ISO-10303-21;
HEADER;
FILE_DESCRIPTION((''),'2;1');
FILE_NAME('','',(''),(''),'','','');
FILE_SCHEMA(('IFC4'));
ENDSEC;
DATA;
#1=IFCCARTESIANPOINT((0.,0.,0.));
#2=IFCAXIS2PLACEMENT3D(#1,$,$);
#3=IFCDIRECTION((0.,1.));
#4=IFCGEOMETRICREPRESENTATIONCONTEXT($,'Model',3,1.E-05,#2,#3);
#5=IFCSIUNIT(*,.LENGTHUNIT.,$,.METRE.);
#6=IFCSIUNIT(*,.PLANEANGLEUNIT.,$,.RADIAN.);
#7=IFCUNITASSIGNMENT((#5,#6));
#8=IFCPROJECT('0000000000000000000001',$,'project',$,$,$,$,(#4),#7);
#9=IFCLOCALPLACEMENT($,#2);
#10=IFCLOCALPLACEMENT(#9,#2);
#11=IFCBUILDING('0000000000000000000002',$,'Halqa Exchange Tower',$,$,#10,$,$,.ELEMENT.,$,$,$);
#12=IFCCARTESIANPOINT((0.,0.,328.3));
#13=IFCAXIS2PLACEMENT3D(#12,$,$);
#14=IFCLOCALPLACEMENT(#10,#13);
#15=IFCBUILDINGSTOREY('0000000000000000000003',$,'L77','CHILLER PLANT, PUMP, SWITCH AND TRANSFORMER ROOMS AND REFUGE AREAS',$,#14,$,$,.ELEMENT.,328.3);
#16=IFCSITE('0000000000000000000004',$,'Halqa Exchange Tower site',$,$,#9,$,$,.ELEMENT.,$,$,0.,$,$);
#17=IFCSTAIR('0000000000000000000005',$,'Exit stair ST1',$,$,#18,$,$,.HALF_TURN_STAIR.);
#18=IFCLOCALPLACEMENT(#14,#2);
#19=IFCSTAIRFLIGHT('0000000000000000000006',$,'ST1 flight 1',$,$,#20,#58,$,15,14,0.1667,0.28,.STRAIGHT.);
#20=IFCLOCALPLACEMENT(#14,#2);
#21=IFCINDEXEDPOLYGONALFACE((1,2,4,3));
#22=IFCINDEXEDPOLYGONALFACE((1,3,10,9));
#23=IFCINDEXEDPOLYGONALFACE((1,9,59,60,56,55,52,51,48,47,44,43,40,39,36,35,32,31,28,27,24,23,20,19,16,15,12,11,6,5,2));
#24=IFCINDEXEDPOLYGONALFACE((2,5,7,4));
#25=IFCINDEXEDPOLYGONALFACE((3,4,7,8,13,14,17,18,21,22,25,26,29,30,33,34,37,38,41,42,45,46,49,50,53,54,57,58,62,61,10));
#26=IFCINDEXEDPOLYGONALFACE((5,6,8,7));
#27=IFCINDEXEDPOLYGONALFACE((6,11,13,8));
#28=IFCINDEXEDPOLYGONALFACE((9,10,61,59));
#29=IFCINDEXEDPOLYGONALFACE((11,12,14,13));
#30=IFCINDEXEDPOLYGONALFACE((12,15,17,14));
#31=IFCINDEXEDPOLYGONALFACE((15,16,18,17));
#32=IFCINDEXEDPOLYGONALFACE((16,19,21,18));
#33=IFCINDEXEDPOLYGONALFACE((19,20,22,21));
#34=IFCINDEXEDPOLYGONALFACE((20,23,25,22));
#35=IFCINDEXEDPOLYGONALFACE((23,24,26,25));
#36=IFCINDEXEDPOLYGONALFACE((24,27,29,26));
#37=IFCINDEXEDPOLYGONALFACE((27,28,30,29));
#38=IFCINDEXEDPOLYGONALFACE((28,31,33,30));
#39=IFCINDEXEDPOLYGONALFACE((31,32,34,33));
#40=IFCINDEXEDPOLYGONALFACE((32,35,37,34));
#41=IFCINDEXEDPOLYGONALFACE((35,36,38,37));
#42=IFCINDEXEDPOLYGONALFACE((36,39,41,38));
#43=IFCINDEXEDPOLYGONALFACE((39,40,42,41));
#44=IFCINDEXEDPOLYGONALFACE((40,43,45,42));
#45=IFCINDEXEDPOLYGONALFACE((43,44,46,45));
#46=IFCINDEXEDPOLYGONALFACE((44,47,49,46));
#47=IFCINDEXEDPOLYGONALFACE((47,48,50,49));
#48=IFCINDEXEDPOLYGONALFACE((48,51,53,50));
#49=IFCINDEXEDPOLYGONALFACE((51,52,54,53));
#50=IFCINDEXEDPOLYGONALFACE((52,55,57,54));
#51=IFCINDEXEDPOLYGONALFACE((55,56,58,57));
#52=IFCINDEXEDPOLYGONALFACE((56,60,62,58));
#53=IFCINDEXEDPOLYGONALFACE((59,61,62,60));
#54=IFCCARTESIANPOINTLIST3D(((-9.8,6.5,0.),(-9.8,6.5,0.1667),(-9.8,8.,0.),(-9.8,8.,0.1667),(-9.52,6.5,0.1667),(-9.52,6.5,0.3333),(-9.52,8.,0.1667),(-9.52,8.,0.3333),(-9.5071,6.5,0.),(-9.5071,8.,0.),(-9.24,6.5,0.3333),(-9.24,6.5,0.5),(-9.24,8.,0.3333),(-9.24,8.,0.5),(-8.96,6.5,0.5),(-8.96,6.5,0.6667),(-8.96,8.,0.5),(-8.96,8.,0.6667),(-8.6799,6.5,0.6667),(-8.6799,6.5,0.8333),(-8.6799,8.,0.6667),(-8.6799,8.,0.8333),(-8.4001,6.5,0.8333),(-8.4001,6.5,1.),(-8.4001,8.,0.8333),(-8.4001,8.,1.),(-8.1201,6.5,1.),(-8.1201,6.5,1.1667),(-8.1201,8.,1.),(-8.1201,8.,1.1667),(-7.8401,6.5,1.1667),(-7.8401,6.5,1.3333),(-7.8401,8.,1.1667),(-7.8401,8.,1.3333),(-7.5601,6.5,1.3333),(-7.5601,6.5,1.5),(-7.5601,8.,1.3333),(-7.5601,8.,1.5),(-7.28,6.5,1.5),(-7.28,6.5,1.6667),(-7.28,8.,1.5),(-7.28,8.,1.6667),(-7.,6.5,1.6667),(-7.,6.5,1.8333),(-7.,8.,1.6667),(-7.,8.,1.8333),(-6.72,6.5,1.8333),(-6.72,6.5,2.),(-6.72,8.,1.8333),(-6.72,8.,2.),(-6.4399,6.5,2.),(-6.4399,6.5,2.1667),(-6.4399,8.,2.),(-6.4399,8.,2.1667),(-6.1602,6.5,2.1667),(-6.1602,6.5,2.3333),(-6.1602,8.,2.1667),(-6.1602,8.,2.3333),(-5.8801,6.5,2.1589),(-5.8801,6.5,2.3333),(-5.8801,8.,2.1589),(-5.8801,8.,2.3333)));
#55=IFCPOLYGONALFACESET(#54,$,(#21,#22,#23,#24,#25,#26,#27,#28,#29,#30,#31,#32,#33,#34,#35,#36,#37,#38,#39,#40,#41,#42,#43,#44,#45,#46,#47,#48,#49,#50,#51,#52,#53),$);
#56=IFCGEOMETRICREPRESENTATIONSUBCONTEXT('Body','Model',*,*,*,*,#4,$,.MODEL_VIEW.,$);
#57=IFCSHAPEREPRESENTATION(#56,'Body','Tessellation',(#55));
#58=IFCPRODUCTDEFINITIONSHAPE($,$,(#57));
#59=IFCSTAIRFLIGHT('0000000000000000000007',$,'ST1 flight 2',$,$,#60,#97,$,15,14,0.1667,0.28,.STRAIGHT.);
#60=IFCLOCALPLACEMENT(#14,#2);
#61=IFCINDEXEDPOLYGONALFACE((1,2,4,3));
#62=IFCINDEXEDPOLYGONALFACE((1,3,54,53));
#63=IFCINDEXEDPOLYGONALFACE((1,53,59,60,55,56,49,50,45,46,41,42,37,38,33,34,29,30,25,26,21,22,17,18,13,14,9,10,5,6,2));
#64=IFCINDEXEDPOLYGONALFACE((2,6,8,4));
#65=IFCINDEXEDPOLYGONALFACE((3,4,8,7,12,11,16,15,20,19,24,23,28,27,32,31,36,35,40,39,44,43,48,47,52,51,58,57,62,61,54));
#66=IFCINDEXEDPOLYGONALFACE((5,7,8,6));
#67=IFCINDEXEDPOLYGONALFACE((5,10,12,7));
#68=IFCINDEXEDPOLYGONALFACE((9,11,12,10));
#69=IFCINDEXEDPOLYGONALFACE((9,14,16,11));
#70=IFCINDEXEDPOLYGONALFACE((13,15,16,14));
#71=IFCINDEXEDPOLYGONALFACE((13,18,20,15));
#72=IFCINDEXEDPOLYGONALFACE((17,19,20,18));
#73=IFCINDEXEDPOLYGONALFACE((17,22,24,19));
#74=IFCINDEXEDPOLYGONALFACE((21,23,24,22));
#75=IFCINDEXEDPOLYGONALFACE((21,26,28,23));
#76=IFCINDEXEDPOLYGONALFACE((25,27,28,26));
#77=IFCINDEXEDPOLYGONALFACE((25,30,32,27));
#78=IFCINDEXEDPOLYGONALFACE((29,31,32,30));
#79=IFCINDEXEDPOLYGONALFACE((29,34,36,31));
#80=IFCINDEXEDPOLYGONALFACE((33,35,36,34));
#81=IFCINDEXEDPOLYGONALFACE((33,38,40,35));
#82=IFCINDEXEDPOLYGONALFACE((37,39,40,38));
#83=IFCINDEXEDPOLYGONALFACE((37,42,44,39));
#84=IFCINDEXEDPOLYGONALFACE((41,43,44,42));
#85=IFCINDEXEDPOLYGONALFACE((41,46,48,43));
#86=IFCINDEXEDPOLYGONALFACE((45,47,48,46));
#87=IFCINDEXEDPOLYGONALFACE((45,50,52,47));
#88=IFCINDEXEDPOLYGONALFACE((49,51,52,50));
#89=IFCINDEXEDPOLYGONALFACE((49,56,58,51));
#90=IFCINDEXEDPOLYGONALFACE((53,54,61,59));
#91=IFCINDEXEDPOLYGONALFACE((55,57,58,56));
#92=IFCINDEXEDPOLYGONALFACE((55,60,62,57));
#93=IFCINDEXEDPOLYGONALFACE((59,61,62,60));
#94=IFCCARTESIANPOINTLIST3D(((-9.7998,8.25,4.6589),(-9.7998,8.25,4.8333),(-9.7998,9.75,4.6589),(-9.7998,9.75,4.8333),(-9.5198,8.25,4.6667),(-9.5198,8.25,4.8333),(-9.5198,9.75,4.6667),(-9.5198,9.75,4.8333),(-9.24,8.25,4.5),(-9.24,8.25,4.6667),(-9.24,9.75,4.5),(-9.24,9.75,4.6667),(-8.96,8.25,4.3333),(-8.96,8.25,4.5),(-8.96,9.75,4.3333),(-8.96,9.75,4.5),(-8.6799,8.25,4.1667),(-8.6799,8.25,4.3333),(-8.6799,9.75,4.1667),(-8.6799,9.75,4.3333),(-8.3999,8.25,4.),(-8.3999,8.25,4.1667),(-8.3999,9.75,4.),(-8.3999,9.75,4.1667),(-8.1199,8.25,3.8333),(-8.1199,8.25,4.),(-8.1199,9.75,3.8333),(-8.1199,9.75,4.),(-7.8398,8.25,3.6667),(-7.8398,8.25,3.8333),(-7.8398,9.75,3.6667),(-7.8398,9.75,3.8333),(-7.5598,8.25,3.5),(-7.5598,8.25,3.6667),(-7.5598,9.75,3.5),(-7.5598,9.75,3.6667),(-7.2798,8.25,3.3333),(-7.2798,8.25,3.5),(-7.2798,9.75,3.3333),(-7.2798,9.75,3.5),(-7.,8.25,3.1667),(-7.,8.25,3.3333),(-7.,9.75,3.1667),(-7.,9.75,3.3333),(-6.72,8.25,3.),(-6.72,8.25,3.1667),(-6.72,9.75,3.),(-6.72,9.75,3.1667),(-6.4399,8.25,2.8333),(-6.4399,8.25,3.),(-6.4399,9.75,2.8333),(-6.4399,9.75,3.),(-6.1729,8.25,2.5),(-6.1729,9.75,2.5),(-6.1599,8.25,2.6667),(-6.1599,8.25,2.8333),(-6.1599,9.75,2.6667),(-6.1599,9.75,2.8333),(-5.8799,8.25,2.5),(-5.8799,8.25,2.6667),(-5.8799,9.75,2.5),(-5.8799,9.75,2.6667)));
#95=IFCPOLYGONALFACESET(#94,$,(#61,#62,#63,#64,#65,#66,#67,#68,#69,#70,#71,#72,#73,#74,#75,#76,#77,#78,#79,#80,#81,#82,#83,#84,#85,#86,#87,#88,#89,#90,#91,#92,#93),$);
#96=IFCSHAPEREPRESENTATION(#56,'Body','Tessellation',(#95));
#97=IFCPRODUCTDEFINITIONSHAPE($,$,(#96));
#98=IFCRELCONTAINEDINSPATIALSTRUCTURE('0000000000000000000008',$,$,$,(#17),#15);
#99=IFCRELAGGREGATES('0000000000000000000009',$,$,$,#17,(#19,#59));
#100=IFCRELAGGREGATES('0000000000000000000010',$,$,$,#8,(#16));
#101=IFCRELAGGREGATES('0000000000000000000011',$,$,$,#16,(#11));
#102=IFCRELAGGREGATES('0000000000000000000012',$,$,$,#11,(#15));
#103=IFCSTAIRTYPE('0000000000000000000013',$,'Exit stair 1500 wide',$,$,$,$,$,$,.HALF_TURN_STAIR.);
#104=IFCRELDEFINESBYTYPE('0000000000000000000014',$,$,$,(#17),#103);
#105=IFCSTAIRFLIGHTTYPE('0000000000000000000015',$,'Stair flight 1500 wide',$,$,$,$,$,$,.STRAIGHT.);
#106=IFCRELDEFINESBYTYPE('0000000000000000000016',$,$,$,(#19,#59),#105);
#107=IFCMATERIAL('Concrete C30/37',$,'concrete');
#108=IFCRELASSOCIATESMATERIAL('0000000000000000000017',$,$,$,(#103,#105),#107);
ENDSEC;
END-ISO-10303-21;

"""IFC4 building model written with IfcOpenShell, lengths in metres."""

from ifc_helpers import new_model, si_unit, direction, frame, origin, place, context, subcontext, project, spatial, polyline, outline, extrude, material, type_object, element, aggregate, save


model = new_model("IFC4")

# Units and contexts
model_context = context("Model", 3, precision=1e-05, world=origin(), true_north=direction((0.0, 1.0)))
body_context = subcontext(model_context, "Body", "Model", "MODEL_VIEW")
ifc_project = project(units=[si_unit("LENGTHUNIT", "METRE"), si_unit("PLANEANGLEUNIT", "RADIAN")], contexts=[model_context])

# Site, building, storey
site_placement = place(None, origin())
site = spatial("IfcSite", under=ifc_project, at=site_placement, Name="Halqa Exchange Tower site", CompositionType="ELEMENT", RefElevation=0.0)
building_placement = place(site_placement, origin())
building = spatial("IfcBuilding", under=site, at=building_placement, Name="Halqa Exchange Tower", CompositionType="ELEMENT")
storey_placement = place(building_placement, frame((0.0, 0.0, 328.3)))
storey = spatial("IfcBuildingStorey", under=building, at=storey_placement, Name="L77", Description="CHILLER PLANT, PUMP, SWITCH AND TRANSFORMER ROOMS AND REFUGE AREAS", CompositionType="ELEMENT", Elevation=328.3)

# Shared definitions
ifc_material_1 = material(Name="Concrete C30/37", Category="concrete")

# Stair, stair flights
stair_type = type_object("IfcStairType", Name="Exit stair 1500 wide", PredefinedType="HALF_TURN_STAIR", material=ifc_material_1)
stair_placement = place(storey_placement, origin())
stair = element("IfcStair", 1, at=stair_placement, inside=storey, type_object=stair_type, Name="Exit stair ST1", PredefinedType="HALF_TURN_STAIR")
stair_flight_type = type_object("IfcStairFlightType", Name="Stair flight 1500 wide", PredefinedType="STRAIGHT", material=ifc_material_1)
stair_flight_1_placement = place(storey_placement, frame((-9.8, 7.25, 0.0), z_axis=(0.0, 0.0, 1.0), x_axis=(1.0, 0.0, 0.0)))
stair_flight_1 = element("IfcStairFlight", 2, at=stair_flight_1_placement, type_object=stair_flight_type, Name="ST1 flight 1", NumberOfRisers=15, NumberOfTreads=14, PredefinedType="STRAIGHT", RiserHeight=0.1667, TreadLength=0.28, context=body_context, shape_type="SweptSolid", body=[
    extrude(outline(polyline([(0.0, 0.0), (0.0, 0.1667), (0.28, 0.1667), (0.28, 0.3333), (0.5601, 0.3333), (0.5601, 0.5), (0.8401, 0.5), (0.8401, 0.6667), (1.1201, 0.6667), (1.1201, 0.8333), (1.3999, 0.8333), (1.3999, 1.0), (1.6799, 1.0), (1.6799, 1.1667), (1.96, 1.1667), (1.96, 1.3333), (2.24, 1.3333), (2.24, 1.5), (2.52, 1.5), (2.52, 1.6667), (2.8, 1.6667), (2.8, 1.8333), (3.0801, 1.8333), (3.0801, 2.0), (3.3601, 2.0), (3.3601, 2.1667), (3.6399, 2.1667), (3.6399, 2.3333), (3.9199, 2.3333), (3.9199, 2.5), (3.9199, 2.1589), (0.293, 0.0), (0.0, 0.0)])), frame((0.0, 0.75, 0.0), z_axis=(0.0, -1.0, 0.0), x_axis=(1.0, 0.0, 0.0)), (0.0, 0.0, 1.0), 1.5),
])
stair_flight_2_placement = place(storey_placement, frame((-5.8799, 9.0, 2.5), z_axis=(0.0, 0.0, 1.0), x_axis=(-1.0, 0.0, 0.0)))
stair_flight_2 = element("IfcStairFlight", 3, at=stair_flight_2_placement, type_object=stair_flight_type, Name="ST1 flight 2", NumberOfRisers=15, NumberOfTreads=14, PredefinedType="STRAIGHT", RiserHeight=0.1667, TreadLength=0.28, context=body_context, shape_type="SweptSolid", body=[
    extrude(outline(polyline([(0.0, 0.0), (0.0, 0.1667), (0.28, 0.1667), (0.28, 0.3333), (0.5601, 0.3333), (0.5601, 0.5), (0.8401, 0.5), (0.8401, 0.6667), (1.1201, 0.6667), (1.1201, 0.8333), (1.3999, 0.8333), (1.3999, 1.0), (1.6799, 1.0), (1.6799, 1.1667), (1.96, 1.1667), (1.96, 1.3333), (2.24, 1.3333), (2.24, 1.5), (2.52, 1.5), (2.52, 1.6667), (2.8, 1.6667), (2.8, 1.8333), (3.0801, 1.8333), (3.0801, 2.0), (3.3601, 2.0), (3.3601, 2.1667), (3.6399, 2.1667), (3.6399, 2.3333), (3.9199, 2.3333), (3.9199, 2.5), (3.9199, 2.1589), (0.293, 0.0), (0.0, 0.0)])), frame((0.0, 0.75, 0.0), z_axis=(0.0, -1.0, 0.0), x_axis=(1.0, 0.0, 0.0)), (0.0, 0.0, 1.0), 1.5),
])
aggregate(stair, [stair_flight_1, stair_flight_2])

save(model, "model.ifc")
